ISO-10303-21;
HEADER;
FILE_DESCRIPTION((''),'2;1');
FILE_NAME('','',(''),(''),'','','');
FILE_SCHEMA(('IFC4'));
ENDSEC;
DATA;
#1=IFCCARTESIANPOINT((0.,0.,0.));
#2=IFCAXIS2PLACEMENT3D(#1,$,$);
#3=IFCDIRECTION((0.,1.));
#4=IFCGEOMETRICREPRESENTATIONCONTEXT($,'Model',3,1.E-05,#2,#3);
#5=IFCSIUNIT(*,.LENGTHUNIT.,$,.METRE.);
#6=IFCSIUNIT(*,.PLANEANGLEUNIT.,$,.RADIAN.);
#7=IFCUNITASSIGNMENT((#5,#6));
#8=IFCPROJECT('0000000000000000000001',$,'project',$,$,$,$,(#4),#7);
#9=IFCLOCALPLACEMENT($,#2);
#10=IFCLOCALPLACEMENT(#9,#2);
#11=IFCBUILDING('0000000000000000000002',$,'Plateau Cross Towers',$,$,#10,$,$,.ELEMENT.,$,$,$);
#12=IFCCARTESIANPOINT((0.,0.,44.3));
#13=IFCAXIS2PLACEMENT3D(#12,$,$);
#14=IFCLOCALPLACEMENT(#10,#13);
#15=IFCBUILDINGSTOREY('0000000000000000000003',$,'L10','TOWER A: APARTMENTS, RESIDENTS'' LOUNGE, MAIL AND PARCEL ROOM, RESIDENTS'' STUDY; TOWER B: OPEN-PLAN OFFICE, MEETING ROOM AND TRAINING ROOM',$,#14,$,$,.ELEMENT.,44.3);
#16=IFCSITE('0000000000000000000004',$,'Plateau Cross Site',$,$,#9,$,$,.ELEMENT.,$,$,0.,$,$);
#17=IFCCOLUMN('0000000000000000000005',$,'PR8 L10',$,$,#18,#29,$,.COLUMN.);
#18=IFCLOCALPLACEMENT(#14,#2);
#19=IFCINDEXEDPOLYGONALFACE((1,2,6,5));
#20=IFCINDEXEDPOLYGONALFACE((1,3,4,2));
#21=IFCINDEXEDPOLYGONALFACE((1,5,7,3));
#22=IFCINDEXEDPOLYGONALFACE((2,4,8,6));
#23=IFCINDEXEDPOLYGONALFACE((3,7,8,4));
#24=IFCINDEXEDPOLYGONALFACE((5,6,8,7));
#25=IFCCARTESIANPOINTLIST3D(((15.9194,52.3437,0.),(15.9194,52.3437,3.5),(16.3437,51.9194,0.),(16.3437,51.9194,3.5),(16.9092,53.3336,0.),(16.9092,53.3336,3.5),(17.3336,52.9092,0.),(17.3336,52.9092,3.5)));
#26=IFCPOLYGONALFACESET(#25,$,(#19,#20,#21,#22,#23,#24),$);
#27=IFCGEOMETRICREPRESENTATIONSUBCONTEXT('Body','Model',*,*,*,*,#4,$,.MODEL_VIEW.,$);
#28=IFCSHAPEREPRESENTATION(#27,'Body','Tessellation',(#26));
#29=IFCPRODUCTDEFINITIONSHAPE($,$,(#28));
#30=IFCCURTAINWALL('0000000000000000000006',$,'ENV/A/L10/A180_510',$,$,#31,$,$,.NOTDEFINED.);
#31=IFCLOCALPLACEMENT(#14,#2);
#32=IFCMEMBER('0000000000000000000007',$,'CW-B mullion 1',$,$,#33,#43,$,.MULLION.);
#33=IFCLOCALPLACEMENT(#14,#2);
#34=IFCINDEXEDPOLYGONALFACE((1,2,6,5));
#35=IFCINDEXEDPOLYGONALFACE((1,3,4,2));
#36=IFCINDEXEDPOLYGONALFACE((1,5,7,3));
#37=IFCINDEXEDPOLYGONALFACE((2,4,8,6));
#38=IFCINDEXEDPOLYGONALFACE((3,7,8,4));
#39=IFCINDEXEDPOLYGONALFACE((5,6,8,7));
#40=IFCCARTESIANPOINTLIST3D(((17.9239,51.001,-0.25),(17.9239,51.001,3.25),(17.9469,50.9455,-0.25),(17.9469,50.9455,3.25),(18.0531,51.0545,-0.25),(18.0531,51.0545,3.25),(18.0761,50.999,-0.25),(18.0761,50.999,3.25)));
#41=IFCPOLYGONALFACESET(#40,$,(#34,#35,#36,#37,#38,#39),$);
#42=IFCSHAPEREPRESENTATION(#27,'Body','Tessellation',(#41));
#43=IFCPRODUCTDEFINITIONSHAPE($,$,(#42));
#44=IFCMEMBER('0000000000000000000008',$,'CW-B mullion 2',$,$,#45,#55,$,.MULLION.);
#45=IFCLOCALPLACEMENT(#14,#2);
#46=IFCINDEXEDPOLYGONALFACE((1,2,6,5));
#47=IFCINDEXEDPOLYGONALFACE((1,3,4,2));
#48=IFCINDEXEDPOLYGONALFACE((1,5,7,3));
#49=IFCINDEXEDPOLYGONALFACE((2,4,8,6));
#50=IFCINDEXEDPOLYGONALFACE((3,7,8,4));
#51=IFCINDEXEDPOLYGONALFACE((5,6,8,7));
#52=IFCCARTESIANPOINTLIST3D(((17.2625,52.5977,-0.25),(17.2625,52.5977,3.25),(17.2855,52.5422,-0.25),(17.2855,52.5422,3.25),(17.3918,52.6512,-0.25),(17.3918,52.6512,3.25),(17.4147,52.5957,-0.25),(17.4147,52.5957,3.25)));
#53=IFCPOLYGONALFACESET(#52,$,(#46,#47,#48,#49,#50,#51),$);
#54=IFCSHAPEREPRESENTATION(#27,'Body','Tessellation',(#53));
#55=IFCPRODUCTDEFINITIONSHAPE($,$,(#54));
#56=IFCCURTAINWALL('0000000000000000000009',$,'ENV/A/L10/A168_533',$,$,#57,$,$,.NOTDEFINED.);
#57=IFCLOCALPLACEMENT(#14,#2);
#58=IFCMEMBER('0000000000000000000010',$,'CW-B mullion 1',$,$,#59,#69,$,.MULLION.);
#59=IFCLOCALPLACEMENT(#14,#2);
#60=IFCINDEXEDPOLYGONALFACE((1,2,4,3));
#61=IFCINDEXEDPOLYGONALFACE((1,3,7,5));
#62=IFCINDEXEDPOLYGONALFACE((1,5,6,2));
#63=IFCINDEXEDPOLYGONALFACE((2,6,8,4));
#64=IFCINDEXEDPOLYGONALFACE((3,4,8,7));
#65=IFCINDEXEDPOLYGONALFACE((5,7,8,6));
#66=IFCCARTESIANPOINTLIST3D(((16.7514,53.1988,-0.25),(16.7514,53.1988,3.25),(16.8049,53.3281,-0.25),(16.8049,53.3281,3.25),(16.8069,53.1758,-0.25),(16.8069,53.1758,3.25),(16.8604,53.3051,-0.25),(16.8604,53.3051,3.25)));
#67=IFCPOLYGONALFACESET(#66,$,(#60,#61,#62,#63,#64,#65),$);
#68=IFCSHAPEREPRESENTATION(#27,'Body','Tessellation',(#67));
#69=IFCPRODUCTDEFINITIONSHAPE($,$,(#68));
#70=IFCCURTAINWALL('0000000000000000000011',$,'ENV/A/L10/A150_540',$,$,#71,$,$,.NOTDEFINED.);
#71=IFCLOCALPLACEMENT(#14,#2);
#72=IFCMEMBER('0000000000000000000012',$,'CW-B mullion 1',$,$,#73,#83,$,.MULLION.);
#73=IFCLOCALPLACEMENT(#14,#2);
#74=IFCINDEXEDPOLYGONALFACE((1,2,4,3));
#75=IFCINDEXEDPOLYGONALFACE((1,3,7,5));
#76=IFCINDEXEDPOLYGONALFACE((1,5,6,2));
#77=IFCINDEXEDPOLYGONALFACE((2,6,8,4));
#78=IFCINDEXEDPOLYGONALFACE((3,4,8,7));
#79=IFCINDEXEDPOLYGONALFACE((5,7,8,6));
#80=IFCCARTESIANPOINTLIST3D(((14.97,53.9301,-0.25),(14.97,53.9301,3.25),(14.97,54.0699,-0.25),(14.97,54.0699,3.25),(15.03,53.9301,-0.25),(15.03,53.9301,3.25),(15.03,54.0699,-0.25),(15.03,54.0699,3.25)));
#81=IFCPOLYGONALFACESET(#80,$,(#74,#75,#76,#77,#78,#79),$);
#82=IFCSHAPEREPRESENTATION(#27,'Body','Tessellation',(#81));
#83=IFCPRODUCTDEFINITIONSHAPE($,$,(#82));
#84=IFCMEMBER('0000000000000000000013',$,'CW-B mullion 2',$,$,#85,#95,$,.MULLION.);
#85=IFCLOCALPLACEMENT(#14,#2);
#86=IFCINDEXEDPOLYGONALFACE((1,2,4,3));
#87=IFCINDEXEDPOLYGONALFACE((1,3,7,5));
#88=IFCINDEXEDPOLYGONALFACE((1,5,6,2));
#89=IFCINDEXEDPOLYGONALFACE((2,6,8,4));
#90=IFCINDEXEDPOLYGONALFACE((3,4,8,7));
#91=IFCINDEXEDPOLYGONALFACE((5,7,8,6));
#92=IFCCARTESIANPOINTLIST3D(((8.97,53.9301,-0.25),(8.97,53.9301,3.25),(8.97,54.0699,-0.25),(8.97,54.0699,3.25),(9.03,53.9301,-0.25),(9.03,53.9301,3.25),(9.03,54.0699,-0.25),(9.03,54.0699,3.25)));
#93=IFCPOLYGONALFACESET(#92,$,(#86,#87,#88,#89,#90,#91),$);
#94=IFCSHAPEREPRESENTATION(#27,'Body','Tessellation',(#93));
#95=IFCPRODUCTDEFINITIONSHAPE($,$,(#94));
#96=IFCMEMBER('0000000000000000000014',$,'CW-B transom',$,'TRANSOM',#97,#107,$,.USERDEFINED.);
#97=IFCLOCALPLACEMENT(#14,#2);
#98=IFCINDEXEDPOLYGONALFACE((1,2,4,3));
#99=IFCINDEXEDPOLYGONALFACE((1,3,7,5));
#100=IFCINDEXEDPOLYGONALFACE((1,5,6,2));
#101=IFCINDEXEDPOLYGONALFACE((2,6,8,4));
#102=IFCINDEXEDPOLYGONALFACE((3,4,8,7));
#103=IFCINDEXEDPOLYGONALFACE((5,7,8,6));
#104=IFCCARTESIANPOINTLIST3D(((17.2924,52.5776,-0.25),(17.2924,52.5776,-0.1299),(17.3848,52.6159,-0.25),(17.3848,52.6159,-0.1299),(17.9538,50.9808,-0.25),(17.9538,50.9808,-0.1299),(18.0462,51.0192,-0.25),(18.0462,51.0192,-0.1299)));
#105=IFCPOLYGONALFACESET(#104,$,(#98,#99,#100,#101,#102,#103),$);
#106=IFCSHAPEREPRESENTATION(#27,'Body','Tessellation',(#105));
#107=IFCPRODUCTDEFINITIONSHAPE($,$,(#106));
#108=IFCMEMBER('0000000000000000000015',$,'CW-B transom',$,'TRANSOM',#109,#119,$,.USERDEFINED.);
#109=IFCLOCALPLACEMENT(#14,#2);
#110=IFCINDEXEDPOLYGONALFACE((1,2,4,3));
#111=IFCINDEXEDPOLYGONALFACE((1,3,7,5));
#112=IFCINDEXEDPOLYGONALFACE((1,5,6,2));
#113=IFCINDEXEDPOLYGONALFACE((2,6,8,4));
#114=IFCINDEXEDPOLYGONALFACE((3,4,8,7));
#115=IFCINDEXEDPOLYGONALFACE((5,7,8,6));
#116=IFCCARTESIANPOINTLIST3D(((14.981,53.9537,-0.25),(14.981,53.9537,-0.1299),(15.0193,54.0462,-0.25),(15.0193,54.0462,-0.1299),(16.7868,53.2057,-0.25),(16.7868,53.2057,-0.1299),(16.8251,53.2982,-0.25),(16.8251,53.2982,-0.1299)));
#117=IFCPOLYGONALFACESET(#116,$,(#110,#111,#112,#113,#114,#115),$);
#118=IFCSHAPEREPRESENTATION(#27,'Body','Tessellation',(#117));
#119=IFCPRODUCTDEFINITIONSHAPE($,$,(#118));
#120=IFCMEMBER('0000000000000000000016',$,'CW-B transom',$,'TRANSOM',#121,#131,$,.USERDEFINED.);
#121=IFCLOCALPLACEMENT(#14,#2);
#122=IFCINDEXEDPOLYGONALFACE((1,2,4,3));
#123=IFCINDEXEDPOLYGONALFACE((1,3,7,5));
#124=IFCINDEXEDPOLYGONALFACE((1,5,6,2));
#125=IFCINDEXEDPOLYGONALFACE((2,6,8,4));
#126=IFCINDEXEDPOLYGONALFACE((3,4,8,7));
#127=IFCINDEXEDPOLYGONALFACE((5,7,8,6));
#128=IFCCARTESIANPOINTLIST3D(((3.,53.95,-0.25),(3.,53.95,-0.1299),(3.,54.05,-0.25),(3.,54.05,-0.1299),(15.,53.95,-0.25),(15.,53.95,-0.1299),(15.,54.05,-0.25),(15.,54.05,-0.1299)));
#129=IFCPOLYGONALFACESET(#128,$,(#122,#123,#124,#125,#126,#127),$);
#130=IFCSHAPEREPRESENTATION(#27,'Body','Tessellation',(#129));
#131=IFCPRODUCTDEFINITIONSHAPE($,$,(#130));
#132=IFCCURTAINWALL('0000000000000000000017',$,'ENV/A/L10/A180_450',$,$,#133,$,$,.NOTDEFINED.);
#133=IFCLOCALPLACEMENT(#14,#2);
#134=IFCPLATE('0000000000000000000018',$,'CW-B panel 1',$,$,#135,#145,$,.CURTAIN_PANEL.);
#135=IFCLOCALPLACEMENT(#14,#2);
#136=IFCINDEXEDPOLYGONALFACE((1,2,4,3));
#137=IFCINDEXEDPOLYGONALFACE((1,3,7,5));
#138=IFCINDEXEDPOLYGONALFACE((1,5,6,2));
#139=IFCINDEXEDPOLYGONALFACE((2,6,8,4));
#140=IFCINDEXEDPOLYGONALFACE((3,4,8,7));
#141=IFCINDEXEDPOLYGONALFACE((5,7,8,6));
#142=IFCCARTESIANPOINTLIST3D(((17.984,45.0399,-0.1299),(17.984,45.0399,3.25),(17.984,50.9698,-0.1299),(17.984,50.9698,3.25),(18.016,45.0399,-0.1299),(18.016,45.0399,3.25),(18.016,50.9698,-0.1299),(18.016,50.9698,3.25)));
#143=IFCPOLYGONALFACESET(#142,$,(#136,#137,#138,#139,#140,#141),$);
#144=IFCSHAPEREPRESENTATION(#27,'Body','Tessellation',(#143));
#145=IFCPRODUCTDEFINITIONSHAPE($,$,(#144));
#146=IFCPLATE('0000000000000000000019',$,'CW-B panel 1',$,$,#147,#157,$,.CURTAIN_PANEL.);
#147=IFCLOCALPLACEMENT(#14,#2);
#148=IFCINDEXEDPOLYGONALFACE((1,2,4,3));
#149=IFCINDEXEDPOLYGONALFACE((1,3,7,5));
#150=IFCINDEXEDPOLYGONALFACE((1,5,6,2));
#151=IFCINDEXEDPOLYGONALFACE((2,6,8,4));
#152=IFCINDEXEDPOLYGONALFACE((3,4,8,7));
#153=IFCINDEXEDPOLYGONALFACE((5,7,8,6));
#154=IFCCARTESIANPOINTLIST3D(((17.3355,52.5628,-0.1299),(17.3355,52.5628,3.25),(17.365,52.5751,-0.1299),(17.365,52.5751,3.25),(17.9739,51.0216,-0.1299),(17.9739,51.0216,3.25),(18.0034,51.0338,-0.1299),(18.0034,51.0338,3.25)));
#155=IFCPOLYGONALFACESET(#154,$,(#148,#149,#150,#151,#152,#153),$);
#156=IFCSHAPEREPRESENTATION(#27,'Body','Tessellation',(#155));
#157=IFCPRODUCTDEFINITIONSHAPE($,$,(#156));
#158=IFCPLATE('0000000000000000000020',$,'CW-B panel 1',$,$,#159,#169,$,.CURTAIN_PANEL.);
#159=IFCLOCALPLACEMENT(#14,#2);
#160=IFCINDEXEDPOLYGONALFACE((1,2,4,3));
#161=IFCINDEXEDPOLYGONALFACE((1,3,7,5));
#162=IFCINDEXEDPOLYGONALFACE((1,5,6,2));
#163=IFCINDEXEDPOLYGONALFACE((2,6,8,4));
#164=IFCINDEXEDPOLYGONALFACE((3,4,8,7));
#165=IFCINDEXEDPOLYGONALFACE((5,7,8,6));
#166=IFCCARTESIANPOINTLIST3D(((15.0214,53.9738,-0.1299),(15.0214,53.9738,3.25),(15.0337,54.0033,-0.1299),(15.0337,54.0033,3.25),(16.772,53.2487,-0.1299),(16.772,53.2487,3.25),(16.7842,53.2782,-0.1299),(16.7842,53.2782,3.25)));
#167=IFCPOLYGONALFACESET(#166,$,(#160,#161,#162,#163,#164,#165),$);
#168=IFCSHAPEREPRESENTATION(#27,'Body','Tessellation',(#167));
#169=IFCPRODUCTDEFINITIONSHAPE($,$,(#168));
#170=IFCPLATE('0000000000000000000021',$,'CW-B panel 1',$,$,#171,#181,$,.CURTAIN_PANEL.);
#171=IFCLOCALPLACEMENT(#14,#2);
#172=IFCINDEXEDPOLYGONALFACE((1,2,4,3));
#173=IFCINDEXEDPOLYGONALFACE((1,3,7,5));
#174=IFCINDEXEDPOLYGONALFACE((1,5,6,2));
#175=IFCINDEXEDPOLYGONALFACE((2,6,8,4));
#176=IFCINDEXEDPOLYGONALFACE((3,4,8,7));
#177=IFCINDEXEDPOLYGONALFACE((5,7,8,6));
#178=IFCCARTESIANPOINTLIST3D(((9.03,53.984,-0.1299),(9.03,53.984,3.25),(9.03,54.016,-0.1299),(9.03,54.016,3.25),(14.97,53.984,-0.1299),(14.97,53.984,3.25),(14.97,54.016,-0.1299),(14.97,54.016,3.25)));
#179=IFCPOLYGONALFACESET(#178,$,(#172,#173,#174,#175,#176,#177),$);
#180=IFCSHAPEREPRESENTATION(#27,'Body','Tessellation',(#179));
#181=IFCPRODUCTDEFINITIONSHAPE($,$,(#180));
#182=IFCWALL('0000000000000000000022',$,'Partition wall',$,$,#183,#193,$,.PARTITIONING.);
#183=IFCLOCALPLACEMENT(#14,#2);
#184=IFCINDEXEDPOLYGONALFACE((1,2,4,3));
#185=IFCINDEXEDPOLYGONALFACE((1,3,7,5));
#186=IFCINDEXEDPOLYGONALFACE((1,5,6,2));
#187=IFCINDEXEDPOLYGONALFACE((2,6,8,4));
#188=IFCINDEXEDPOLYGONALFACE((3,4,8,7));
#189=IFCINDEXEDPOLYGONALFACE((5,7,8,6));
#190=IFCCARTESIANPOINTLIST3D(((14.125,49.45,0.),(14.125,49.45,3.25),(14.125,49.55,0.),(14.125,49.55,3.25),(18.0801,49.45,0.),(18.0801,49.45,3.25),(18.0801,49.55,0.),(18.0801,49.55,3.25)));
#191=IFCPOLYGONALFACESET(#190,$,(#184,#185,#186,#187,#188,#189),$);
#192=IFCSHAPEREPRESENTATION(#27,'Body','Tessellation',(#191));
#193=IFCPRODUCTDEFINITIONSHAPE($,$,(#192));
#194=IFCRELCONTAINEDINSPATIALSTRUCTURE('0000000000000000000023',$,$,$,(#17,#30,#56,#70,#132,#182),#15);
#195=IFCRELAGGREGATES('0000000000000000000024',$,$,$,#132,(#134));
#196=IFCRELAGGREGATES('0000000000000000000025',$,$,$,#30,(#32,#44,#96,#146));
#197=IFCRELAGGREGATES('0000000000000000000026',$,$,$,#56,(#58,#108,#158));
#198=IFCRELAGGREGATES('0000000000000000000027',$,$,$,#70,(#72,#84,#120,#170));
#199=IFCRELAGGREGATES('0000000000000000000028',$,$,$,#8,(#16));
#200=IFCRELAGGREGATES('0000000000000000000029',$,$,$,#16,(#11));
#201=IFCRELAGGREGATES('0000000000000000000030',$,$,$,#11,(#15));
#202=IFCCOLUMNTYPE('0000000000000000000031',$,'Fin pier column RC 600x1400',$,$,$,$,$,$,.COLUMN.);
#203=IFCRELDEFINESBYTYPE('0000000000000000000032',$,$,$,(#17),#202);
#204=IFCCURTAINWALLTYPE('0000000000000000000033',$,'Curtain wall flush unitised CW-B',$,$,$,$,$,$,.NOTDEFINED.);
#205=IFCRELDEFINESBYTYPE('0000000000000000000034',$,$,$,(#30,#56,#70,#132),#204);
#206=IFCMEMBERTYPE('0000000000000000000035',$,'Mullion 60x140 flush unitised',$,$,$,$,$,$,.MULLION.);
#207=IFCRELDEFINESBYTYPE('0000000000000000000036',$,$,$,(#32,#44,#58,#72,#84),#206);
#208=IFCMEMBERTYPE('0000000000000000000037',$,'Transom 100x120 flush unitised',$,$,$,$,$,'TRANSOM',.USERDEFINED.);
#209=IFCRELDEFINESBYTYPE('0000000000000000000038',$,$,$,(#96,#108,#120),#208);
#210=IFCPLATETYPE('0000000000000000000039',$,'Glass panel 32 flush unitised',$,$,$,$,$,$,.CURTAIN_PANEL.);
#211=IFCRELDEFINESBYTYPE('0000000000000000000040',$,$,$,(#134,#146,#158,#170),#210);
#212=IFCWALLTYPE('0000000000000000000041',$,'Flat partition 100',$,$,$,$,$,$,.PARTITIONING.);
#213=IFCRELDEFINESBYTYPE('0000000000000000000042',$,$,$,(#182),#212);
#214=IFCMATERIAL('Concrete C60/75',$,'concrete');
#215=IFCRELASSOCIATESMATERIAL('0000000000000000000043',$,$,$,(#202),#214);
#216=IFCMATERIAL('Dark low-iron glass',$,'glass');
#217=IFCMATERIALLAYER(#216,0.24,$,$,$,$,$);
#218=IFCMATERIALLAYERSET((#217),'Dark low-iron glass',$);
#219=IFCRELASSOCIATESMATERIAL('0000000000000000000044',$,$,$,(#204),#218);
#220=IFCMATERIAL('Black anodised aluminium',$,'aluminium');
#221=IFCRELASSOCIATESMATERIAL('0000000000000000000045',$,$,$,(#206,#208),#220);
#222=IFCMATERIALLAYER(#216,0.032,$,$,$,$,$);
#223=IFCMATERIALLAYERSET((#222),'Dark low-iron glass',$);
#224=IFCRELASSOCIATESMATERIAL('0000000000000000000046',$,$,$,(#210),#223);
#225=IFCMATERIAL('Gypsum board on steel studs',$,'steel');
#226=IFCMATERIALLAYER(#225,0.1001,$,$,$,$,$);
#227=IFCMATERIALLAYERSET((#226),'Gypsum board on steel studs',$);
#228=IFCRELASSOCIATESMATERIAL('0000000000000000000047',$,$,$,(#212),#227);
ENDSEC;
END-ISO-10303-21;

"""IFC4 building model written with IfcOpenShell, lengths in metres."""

from ifc_helpers import new_model, si_unit, direction, frame, frame_2d, origin, origin_2d, place, context, subcontext, project, spatial, rectangle, extrude, material, layer, layer_set, material_profile, profile_set, type_object, element, aggregate, save


model = new_model("IFC4")

# Units and contexts
model_context = context("Model", 3, precision=1e-05, world=origin(), true_north=direction((0.0, 1.0)))
body_context = subcontext(model_context, "Body", "Model", "MODEL_VIEW")
ifc_project = project(units=[si_unit("LENGTHUNIT", "METRE"), si_unit("PLANEANGLEUNIT", "RADIAN")], contexts=[model_context])

# Site, building, storey
site_placement = place(None, origin())
site = spatial("IfcSite", under=ifc_project, at=site_placement, Name="Plateau Cross Site", CompositionType="ELEMENT", RefElevation=0.0)
building_placement = place(site_placement, origin())
building = spatial("IfcBuilding", under=site, at=building_placement, Name="Plateau Cross Towers", CompositionType="ELEMENT")
storey_placement = place(building_placement, frame((0.0, 0.0, 44.3)))
storey = spatial("IfcBuildingStorey", under=building, at=storey_placement, Name="L10", Description="TOWER A: APARTMENTS, RESIDENTS' LOUNGE, MAIL AND PARCEL ROOM, RESIDENTS' STUDY; TOWER B: OPEN-PLAN OFFICE, MEETING ROOM AND TRAINING ROOM", CompositionType="ELEMENT", Elevation=44.3)

# Column
ifc_material_1 = material(Name="Concrete C60/75", Category="concrete")
ifc_material_profile_1 = material_profile(ifc_material_1, rectangle(XDim=0.6001, YDim=1.3999, at=origin_2d()), Name="RC 600x1400")
ifc_profile_set_1 = profile_set([ifc_material_profile_1], Name="Concrete C60/75")
column_type = type_object("IfcColumnType", Name="Fin pier column RC 600x1400", PredefinedType="COLUMN", material=ifc_profile_set_1)
column_placement = place(storey_placement, frame((16.6265, 52.6265, 0.0), z_axis=(0.0, 0.0, 1.0), x_axis=(-0.707107, 0.707107, 0.0)))
element("IfcColumn", 1, at=column_placement, inside=storey, type_object=column_type, Name="PR8 L10", PredefinedType="COLUMN", context=body_context, shape_type="SweptSolid", body=[
    extrude(rectangle(XDim=0.6001, YDim=1.3999, at=origin_2d()), origin(), (0.0, 0.0, 1.0), 3.5),
])

# Curtain wall, members
ifc_material_2 = material(Name="Dark low-iron glass", Category="glass")
ifc_layer_1 = layer(ifc_material_2, 0.24)
ifc_layer_set_1 = layer_set([ifc_layer_1], Name="Dark low-iron glass")
curtain_wall_type = type_object("IfcCurtainWallType", Name="Curtain wall flush unitised CW-B", PredefinedType="NOTDEFINED", material=ifc_layer_set_1)
curtain_wall_1_placement = place(storey_placement, origin())
curtain_wall_1 = element("IfcCurtainWall", 2, at=curtain_wall_1_placement, inside=storey, type_object=curtain_wall_type, Name="ENV/A/L10/A180_510", PredefinedType="NOTDEFINED")
ifc_material_3 = material(Name="Black anodised aluminium", Category="aluminium")
ifc_material_profile_2 = material_profile(ifc_material_3, rectangle(XDim=0.0601, YDim=0.1399, at=origin_2d()), Name="MULLION 60x140")
ifc_profile_set_2 = profile_set([ifc_material_profile_2], Name="Black anodised aluminium")
member_type_1 = type_object("IfcMemberType", Name="Mullion 60x140 flush unitised", PredefinedType="MULLION", material=ifc_profile_set_2)
member_1_placement = place(storey_placement, frame((18.0, 51.0, -0.25), z_axis=(0.0, 0.0, 1.0), x_axis=(-0.382684, 0.923879, 0.0)))
member_1 = element("IfcMember", 3, at=member_1_placement, type_object=member_type_1, Name="CW-B mullion 1", PredefinedType="MULLION", context=body_context, shape_type="SweptSolid", body=[
    extrude(rectangle(XDim=0.0601, YDim=0.1399, at=origin_2d()), origin(), (0.0, 0.0, 1.0), 3.5),
])
member_2_placement = place(storey_placement, frame((17.3386, 52.5967, -0.25), z_axis=(0.0, 0.0, 1.0), x_axis=(-0.382684, 0.923879, 0.0)))
member_2 = element("IfcMember", 4, at=member_2_placement, type_object=member_type_1, Name="CW-B mullion 2", PredefinedType="MULLION", context=body_context, shape_type="SweptSolid", body=[
    extrude(rectangle(XDim=0.0601, YDim=0.1399, at=origin_2d()), origin(), (0.0, 0.0, 1.0), 3.5),
])

# Curtain wall, member
curtain_wall_2_placement = place(storey_placement, origin())
curtain_wall_2 = element("IfcCurtainWall", 5, at=curtain_wall_2_placement, inside=storey, type_object=curtain_wall_type, Name="ENV/A/L10/A168_533", PredefinedType="NOTDEFINED")
member_3_placement = place(storey_placement, frame((16.8059, 53.252, -0.25), z_axis=(0.0, 0.0, 1.0), x_axis=(-0.923879, 0.382684, 0.0)))
member_3 = element("IfcMember", 6, at=member_3_placement, type_object=member_type_1, Name="CW-B mullion 1", PredefinedType="MULLION", context=body_context, shape_type="SweptSolid", body=[
    extrude(rectangle(XDim=0.0601, YDim=0.1399, at=origin_2d()), origin(), (0.0, 0.0, 1.0), 3.5),
])

# Curtain wall, members
curtain_wall_3_placement = place(storey_placement, origin())
curtain_wall_3 = element("IfcCurtainWall", 7, at=curtain_wall_3_placement, inside=storey, type_object=curtain_wall_type, Name="ENV/A/L10/A150_540", PredefinedType="NOTDEFINED")
member_4_placement = place(storey_placement, frame((15.0, 54.0, -0.25), z_axis=(0.0, 0.0, 1.0), x_axis=(-1.0, 0.0, 0.0)))
member_4 = element("IfcMember", 8, at=member_4_placement, type_object=member_type_1, Name="CW-B mullion 1", PredefinedType="MULLION", context=body_context, shape_type="SweptSolid", body=[
    extrude(rectangle(XDim=0.0601, YDim=0.1399, at=origin_2d()), origin(), (0.0, 0.0, 1.0), 3.5),
])
member_5_placement = place(storey_placement, frame((9.0, 54.0, -0.25), z_axis=(0.0, 0.0, 1.0), x_axis=(-1.0, 0.0, 0.0)))
member_5 = element("IfcMember", 9, at=member_5_placement, type_object=member_type_1, Name="CW-B mullion 2", PredefinedType="MULLION", context=body_context, shape_type="SweptSolid", body=[
    extrude(rectangle(XDim=0.0601, YDim=0.1399, at=origin_2d()), origin(), (0.0, 0.0, 1.0), 3.5),
])

# Members
ifc_material_profile_3 = material_profile(ifc_material_3, rectangle(XDim=0.1001, YDim=0.1201, at=origin_2d()), Name="TRANSOM 100x120")
ifc_profile_set_3 = profile_set([ifc_material_profile_3], Name="Black anodised aluminium")
member_type_2 = type_object("IfcMemberType", Name="Transom 100x120 flush unitised", ElementType="TRANSOM", PredefinedType="USERDEFINED", material=ifc_profile_set_3)
member_6_placement = place(storey_placement, frame((18.0, 51.0, -0.1899), z_axis=(-0.382689, 0.923877, 0.0), x_axis=(-0.923877, -0.382689, 0.0)))
member_6 = element("IfcMember", 10, at=member_6_placement, type_object=member_type_2, Name="CW-B transom", ObjectType="TRANSOM", PredefinedType="USERDEFINED", context=body_context, shape_type="SweptSolid", body=[
    extrude(rectangle(XDim=0.1001, YDim=0.1201, at=origin_2d()), origin(), (0.0, 0.0, 1.0), 1.7283),
])
member_7_placement = place(storey_placement, frame((16.8059, 53.252, -0.1899), z_axis=(-0.923877, 0.38269, 0.0), x_axis=(-0.38269, -0.923877, 0.0)))
member_7 = element("IfcMember", 11, at=member_7_placement, type_object=member_type_2, Name="CW-B transom", ObjectType="TRANSOM", PredefinedType="USERDEFINED", context=body_context, shape_type="SweptSolid", body=[
    extrude(rectangle(XDim=0.1001, YDim=0.1201, at=origin_2d()), origin(), (0.0, 0.0, 1.0), 1.9546),
])
member_8_placement = place(storey_placement, frame((15.0, 54.0, -0.1899), z_axis=(-1.0, 0.0, 0.0), x_axis=(0.0, -1.0, 0.0)))
member_8 = element("IfcMember", 12, at=member_8_placement, type_object=member_type_2, Name="CW-B transom", ObjectType="TRANSOM", PredefinedType="USERDEFINED", context=body_context, shape_type="SweptSolid", body=[
    extrude(rectangle(XDim=0.1001, YDim=0.1201, at=origin_2d()), origin(), (0.0, 0.0, 1.0), 12.0),
])

# Curtain wall, plate
curtain_wall_4_placement = place(storey_placement, origin())
curtain_wall_4 = element("IfcCurtainWall", 13, at=curtain_wall_4_placement, inside=storey, type_object=curtain_wall_type, Name="ENV/A/L10/A180_450", PredefinedType="NOTDEFINED")
ifc_layer_2 = layer(ifc_material_2, 0.032)
ifc_layer_set_2 = layer_set([ifc_layer_2], Name="Dark low-iron glass")
plate_type = type_object("IfcPlateType", Name="Glass panel 32 flush unitised", PredefinedType="CURTAIN_PANEL", material=ifc_layer_set_2)
plate_1_placement = place(storey_placement, frame((18.0, 48.0049, -0.1299), z_axis=(0.0, 0.0, 1.0), x_axis=(0.0, 1.0, 0.0)))
plate_1 = element("IfcPlate", 14, at=plate_1_placement, type_object=plate_type, Name="CW-B panel 1", PredefinedType="CURTAIN_PANEL", context=body_context, shape_type="SweptSolid", body=[
    extrude(rectangle(XDim=5.9299, YDim=0.032, at=origin_2d()), origin(), (0.0, 0.0, 1.0), 3.3799),
])
aggregate(curtain_wall_4, [plate_1])

# Plates
plate_2_placement = place(storey_placement, frame((17.6694, 51.7983, -0.1299), z_axis=(0.0, 0.0, 1.0), x_axis=(-0.382684, 0.923879, 0.0)))
plate_2 = element("IfcPlate", 15, at=plate_2_placement, type_object=plate_type, Name="CW-B panel 1", PredefinedType="CURTAIN_PANEL", context=body_context, shape_type="SweptSolid", body=[
    extrude(rectangle(XDim=1.6682, YDim=0.032, at=origin_2d()), origin(), (0.0, 0.0, 1.0), 3.3799),
])
aggregate(curtain_wall_1, [member_1, member_2, member_6, plate_2])
plate_3_placement = place(storey_placement, frame((15.9028, 53.626, -0.1299), z_axis=(0.0, 0.0, 1.0), x_axis=(-0.923879, 0.382684, 0.0)))
plate_3 = element("IfcPlate", 16, at=plate_3_placement, type_object=plate_type, Name="CW-B panel 1", PredefinedType="CURTAIN_PANEL", context=body_context, shape_type="SweptSolid", body=[
    extrude(rectangle(XDim=1.8948, YDim=0.032, at=origin_2d()), origin(), (0.0, 0.0, 1.0), 3.3799),
])
aggregate(curtain_wall_2, [member_3, member_7, plate_3])
plate_4_placement = place(storey_placement, frame((12.0, 54.0, -0.1299), z_axis=(0.0, 0.0, 1.0), x_axis=(-1.0, 0.0, 0.0)))
plate_4 = element("IfcPlate", 17, at=plate_4_placement, type_object=plate_type, Name="CW-B panel 1", PredefinedType="CURTAIN_PANEL", context=body_context, shape_type="SweptSolid", body=[
    extrude(rectangle(XDim=5.9399, YDim=0.032, at=origin_2d()), origin(), (0.0, 0.0, 1.0), 3.3799),
])
aggregate(curtain_wall_3, [member_4, member_5, member_8, plate_4])

# Wall
ifc_material_4 = material(Name="Gypsum board on steel studs", Category="steel")
ifc_layer_3 = layer(ifc_material_4, 0.1001)
ifc_layer_set_3 = layer_set([ifc_layer_3], Name="Gypsum board on steel studs")
wall_type = type_object("IfcWallType", Name="Flat partition 100", PredefinedType="PARTITIONING", material=ifc_layer_set_3)
wall_1_placement = place(storey_placement, frame((18.0801, 49.5, 0.0), z_axis=(0.0, 0.0, 1.0), x_axis=(-1.0, 0.0, 0.0)))
element("IfcWall", 18, at=wall_1_placement, inside=storey, type_object=wall_type, Name="Partition wall", PredefinedType="PARTITIONING", context=body_context, shape_type="SweptSolid", body=[
    extrude(rectangle(XDim=3.9551, YDim=0.1001, at=frame_2d((1.9775, 0.0))), origin(), (0.0, 0.0, 1.0), 3.25),
])

save(model, "model.ifc")
